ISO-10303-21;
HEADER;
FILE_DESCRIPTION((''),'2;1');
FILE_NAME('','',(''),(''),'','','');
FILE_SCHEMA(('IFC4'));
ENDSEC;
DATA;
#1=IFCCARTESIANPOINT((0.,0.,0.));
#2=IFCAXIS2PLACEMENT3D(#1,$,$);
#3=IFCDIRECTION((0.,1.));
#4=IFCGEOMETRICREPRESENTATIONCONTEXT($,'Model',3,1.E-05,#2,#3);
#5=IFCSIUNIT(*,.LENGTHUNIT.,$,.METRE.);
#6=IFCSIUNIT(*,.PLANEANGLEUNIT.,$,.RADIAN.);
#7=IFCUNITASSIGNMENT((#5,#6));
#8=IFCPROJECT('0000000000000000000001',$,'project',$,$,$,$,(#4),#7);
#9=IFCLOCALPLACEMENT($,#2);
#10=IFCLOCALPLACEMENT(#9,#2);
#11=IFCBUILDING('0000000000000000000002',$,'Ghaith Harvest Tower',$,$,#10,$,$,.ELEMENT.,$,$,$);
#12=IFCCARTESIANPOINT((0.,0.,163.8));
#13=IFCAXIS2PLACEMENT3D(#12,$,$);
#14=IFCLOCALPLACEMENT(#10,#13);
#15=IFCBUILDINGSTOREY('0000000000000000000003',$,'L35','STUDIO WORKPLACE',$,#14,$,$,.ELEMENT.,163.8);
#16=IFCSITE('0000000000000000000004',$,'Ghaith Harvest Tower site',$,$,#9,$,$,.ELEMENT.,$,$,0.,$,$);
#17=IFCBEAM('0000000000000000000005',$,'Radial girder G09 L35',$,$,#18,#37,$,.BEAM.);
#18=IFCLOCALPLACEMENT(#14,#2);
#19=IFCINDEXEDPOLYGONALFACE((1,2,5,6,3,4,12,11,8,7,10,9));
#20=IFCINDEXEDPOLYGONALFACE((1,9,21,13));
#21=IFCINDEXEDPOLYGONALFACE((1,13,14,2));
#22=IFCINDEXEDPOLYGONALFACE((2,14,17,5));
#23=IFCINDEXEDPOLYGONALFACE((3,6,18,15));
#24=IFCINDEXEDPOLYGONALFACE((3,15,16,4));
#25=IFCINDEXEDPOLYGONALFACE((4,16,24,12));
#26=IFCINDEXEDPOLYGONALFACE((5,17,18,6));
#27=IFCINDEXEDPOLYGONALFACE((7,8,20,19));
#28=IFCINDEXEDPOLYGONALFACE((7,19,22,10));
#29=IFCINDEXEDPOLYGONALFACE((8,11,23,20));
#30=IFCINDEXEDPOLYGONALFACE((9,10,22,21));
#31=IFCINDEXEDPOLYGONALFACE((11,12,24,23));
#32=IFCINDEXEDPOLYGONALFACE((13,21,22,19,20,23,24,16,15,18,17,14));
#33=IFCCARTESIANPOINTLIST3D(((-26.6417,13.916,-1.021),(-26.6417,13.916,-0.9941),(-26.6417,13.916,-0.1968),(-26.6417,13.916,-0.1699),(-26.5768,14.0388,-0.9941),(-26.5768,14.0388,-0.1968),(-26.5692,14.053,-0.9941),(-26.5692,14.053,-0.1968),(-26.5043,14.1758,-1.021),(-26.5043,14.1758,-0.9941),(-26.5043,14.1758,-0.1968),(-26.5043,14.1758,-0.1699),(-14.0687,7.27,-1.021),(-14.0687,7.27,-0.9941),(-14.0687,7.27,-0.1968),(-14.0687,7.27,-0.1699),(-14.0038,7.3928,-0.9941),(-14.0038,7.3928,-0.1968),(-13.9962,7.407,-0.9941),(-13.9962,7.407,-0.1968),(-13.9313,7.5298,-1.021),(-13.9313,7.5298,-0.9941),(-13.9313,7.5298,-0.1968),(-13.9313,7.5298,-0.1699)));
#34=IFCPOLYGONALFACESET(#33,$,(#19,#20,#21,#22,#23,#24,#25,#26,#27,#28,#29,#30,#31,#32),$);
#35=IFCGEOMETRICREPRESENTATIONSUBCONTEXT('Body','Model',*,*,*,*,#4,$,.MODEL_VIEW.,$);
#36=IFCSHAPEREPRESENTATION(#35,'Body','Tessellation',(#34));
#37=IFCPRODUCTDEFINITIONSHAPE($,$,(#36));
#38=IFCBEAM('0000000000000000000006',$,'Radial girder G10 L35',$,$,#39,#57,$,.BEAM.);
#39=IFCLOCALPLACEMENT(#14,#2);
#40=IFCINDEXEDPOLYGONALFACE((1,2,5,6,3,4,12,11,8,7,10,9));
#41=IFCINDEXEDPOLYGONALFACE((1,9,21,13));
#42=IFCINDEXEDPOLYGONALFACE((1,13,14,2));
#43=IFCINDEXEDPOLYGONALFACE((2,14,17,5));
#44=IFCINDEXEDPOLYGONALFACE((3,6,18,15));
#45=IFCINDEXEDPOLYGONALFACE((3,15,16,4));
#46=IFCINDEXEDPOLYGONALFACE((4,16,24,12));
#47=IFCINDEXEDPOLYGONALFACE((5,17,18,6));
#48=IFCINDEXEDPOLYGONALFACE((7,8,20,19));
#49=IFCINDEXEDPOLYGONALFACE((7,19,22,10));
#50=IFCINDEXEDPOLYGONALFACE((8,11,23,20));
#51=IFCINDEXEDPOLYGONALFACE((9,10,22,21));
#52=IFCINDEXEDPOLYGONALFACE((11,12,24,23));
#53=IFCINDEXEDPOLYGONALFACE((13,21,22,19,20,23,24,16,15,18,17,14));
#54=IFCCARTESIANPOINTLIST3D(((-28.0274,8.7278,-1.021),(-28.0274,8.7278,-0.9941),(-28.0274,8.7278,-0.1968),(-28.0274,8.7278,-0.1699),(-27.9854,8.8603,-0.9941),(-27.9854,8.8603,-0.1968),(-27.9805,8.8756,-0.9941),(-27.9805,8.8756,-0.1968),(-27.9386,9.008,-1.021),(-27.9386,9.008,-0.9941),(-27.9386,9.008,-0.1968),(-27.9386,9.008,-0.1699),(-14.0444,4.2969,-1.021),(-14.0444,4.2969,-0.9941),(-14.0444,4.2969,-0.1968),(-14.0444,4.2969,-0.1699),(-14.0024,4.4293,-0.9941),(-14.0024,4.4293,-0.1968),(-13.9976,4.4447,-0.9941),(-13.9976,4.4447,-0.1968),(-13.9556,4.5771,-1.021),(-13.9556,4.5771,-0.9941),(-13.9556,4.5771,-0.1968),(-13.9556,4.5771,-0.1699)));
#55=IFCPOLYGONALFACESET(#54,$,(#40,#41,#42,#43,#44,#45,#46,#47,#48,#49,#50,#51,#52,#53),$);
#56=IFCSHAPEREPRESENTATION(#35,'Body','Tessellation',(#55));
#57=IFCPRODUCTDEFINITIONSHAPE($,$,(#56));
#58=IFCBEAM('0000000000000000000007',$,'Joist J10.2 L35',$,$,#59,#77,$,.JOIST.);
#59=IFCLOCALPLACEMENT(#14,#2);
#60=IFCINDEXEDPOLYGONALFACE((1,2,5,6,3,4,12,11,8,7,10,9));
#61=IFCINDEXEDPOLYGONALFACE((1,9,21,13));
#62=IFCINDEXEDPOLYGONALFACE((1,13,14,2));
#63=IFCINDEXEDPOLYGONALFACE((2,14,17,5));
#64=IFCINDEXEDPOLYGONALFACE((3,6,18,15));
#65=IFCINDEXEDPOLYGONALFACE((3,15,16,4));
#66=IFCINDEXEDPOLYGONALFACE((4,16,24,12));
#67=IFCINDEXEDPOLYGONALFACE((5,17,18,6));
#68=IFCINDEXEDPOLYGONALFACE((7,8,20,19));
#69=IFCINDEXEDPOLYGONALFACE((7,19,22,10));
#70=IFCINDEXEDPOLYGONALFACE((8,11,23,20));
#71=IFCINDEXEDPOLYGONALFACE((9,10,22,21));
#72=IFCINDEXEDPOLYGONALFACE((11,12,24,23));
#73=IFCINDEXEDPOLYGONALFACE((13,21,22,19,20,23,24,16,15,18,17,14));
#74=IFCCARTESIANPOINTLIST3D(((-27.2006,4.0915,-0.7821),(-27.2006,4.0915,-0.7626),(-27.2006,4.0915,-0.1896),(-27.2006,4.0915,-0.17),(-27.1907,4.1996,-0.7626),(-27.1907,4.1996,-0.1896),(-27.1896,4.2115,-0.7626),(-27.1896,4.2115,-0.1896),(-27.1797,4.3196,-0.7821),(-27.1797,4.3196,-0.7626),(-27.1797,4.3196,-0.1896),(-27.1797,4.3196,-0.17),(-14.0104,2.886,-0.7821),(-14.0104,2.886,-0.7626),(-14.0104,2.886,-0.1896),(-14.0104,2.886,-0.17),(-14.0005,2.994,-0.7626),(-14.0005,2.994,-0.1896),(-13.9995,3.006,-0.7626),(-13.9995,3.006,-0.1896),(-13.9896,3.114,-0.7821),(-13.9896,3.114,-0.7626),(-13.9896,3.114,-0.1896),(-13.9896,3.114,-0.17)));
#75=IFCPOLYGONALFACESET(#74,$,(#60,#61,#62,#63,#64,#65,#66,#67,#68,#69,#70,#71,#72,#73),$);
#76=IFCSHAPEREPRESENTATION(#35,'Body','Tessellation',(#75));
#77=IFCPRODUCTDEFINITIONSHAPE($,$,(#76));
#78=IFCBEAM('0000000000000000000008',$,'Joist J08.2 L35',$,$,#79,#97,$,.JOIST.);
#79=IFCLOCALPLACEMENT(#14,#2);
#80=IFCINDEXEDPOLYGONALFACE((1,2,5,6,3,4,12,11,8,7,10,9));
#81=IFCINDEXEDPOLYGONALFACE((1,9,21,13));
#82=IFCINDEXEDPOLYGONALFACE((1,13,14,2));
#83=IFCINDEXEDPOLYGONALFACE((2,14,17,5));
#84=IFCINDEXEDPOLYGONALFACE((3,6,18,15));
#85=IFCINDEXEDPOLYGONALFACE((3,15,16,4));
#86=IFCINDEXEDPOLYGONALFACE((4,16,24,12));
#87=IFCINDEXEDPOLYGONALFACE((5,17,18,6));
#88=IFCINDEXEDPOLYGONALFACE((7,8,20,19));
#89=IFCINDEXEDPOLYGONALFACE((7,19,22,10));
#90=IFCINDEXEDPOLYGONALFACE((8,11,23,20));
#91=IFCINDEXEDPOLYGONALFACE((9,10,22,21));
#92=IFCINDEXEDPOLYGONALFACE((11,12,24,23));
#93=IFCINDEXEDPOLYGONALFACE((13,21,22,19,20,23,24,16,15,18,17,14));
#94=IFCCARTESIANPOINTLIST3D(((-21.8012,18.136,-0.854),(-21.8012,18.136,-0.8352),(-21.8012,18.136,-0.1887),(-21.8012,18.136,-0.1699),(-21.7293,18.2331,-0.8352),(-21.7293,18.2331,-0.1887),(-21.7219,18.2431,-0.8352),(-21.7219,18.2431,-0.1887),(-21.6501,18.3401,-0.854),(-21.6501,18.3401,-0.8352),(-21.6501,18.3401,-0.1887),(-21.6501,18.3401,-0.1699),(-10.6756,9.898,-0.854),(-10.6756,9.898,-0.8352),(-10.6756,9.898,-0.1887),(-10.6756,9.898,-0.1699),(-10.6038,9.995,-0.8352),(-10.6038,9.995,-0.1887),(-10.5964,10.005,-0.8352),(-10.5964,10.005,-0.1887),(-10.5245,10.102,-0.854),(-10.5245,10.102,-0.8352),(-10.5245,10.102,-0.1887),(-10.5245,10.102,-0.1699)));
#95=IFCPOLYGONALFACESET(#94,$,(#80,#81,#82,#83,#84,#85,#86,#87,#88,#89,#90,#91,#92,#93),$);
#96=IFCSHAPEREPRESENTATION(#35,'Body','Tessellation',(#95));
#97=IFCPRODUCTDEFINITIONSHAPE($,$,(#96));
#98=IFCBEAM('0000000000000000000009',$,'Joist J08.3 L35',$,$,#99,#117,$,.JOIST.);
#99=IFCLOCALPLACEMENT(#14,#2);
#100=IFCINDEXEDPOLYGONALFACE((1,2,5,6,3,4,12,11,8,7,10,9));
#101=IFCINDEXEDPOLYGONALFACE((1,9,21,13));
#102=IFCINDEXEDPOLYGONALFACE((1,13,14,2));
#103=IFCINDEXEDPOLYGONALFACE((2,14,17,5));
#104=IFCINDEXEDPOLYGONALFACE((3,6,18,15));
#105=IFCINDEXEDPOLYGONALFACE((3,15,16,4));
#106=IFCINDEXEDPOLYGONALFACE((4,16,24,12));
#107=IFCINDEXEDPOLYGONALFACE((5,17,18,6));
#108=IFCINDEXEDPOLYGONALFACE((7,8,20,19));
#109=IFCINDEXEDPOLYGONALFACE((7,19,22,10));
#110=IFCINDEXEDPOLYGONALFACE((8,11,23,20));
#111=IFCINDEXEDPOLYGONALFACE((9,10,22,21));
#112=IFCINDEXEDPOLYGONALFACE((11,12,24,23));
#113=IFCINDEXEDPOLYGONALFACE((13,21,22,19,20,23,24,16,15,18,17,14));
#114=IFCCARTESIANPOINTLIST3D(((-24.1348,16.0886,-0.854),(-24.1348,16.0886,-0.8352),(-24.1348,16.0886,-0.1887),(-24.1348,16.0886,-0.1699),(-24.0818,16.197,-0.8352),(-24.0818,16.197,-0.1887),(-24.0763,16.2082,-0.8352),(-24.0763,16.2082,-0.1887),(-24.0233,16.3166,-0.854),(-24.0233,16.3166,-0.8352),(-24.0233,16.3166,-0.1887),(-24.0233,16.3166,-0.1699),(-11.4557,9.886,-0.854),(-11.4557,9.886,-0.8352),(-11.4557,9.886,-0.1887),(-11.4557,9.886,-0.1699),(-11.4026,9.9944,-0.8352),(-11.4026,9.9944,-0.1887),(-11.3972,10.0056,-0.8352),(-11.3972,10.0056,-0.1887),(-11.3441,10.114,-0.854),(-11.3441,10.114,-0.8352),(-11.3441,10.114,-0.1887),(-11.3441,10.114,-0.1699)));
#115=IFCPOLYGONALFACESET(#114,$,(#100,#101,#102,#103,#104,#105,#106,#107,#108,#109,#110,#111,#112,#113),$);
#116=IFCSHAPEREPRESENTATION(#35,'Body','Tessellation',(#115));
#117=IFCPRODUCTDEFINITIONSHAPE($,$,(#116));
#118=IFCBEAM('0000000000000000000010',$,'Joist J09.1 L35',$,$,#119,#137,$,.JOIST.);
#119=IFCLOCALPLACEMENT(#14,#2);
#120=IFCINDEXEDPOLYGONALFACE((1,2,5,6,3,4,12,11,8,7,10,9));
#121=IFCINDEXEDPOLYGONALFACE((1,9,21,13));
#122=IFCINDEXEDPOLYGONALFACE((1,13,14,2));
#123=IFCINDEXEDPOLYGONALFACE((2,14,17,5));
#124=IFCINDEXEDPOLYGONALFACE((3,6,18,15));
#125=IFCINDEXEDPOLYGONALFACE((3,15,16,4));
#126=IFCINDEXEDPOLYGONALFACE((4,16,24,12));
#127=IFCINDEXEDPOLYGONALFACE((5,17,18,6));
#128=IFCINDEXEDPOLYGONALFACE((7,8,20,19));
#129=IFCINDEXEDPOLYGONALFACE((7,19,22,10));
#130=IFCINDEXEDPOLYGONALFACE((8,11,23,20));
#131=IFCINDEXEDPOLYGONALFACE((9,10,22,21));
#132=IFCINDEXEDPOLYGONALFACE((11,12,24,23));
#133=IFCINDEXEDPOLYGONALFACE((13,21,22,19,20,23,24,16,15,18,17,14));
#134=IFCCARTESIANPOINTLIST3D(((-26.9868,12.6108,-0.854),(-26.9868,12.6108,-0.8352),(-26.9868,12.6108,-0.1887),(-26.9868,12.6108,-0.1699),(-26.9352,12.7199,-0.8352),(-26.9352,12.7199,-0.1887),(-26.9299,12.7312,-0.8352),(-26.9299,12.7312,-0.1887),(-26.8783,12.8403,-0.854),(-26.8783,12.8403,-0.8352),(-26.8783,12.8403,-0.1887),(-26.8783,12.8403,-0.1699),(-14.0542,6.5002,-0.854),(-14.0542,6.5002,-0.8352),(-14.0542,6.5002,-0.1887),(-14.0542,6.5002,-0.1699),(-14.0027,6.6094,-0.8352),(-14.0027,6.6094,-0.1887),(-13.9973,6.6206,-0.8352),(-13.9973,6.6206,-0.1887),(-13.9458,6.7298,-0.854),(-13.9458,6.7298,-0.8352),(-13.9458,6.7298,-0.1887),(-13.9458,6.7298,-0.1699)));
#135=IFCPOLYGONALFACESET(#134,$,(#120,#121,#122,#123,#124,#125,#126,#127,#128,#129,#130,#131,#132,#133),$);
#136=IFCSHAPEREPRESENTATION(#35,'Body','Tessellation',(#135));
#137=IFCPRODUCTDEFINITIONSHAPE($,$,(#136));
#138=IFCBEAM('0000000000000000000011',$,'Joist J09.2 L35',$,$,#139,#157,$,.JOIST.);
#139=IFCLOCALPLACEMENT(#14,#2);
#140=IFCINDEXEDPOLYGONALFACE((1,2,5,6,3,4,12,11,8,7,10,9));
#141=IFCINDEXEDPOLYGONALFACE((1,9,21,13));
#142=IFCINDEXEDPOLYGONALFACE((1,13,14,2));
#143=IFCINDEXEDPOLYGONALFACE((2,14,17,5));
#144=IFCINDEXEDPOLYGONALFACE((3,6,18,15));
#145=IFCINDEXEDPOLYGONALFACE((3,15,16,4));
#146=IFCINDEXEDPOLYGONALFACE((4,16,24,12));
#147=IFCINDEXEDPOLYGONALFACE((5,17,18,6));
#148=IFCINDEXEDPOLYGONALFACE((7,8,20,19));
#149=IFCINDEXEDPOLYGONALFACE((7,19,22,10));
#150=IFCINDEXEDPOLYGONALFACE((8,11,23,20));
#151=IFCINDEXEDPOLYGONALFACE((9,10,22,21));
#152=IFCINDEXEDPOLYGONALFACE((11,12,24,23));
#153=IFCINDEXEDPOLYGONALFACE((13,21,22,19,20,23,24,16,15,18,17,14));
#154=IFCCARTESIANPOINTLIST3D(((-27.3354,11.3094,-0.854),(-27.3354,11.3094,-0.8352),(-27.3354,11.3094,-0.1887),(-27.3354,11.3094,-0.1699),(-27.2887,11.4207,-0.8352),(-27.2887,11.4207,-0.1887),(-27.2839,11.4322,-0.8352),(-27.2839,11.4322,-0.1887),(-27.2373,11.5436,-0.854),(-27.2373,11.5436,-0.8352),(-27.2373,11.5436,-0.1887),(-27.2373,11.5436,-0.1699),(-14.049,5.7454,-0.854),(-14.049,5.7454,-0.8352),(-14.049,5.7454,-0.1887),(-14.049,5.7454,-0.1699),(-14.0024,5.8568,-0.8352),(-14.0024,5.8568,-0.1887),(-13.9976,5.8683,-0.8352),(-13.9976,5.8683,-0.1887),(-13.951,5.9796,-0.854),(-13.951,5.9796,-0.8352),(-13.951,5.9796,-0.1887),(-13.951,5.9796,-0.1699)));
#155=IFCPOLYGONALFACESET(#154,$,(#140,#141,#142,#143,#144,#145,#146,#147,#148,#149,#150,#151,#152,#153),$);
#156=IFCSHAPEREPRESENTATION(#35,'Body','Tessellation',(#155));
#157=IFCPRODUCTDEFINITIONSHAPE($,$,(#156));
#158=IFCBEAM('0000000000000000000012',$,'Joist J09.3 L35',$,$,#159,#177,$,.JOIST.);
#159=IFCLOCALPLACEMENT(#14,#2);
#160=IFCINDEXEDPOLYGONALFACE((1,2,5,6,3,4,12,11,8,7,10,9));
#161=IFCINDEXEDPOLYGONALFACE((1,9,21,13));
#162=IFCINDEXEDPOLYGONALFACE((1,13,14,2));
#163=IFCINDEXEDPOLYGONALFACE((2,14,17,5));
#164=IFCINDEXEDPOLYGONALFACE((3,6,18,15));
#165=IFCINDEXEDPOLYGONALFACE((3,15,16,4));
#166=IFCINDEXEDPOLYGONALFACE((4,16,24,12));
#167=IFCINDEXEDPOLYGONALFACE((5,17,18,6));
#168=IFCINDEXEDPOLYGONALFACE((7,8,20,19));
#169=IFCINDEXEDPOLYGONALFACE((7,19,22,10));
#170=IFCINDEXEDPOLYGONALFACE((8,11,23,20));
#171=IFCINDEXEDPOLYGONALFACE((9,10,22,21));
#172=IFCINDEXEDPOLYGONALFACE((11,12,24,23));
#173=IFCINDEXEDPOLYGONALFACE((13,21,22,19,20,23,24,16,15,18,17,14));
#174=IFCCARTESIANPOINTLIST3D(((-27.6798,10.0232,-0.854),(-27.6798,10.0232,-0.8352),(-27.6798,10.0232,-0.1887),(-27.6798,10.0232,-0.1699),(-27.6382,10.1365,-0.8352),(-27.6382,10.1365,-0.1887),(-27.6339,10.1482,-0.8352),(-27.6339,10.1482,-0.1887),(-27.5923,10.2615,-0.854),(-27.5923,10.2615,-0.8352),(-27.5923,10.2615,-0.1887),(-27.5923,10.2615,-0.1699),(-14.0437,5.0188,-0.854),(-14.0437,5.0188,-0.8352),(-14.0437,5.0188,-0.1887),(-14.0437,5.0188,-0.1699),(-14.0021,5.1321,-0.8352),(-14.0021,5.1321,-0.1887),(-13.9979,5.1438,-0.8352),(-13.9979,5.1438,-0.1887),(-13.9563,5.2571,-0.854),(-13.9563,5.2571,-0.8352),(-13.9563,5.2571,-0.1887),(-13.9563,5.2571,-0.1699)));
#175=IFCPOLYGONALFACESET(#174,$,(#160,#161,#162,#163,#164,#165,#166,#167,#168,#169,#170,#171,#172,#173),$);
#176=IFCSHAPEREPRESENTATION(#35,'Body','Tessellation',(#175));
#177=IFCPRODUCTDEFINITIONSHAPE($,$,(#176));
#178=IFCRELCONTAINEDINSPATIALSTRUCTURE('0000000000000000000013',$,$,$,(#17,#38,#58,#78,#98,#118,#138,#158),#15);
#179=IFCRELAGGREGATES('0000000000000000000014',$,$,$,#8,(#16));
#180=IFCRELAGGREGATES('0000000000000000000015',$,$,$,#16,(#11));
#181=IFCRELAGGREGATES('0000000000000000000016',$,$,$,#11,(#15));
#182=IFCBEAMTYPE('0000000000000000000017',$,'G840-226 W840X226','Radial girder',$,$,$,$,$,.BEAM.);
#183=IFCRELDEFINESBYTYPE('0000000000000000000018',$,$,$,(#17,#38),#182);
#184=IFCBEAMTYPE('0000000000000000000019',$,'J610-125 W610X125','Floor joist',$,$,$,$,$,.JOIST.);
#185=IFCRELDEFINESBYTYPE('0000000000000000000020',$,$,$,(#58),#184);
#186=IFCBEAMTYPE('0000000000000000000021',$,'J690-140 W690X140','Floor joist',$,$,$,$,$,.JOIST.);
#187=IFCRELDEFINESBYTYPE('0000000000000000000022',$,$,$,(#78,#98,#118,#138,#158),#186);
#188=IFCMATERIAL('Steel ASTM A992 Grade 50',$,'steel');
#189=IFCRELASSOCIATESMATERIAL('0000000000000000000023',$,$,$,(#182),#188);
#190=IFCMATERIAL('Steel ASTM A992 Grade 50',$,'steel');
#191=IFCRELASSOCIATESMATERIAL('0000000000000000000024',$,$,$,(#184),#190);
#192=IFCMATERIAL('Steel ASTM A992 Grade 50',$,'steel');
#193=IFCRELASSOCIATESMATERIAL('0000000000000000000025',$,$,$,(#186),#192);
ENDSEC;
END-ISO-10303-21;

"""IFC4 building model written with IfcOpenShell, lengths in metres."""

from ifc_helpers import new_model, si_unit, direction, frame, origin, origin_2d, place, context, subcontext, project, spatial, i_section, extrude, material, material_profile, profile_set, type_object, element, save


model = new_model("IFC4")

# Units and contexts
model_context = context("Model", 3, precision=1e-05, world=origin(), true_north=direction((0.0, 1.0)))
body_context = subcontext(model_context, "Body", "Model", "MODEL_VIEW")
ifc_project = project(units=[si_unit("LENGTHUNIT", "METRE"), si_unit("PLANEANGLEUNIT", "RADIAN")], contexts=[model_context])

# Site, building, storey
site_placement = place(None, origin())
site = spatial("IfcSite", under=ifc_project, at=site_placement, Name="Ghaith Harvest Tower site", CompositionType="ELEMENT", RefElevation=0.0)
building_placement = place(site_placement, origin())
building = spatial("IfcBuilding", under=site, at=building_placement, Name="Ghaith Harvest Tower", CompositionType="ELEMENT")
storey_placement = place(building_placement, frame((0.0, 0.0, 163.8)))
storey = spatial("IfcBuildingStorey", under=building, at=storey_placement, Name="L35", Description="STUDIO WORKPLACE", CompositionType="ELEMENT", Elevation=163.8)

# Beams
ifc_material_1 = material(Name="Steel ASTM A992 Grade 50", Category="steel")
ifc_material_profile_1 = material_profile(ifc_material_1, i_section(OverallWidth=0.2939, OverallDepth=0.8511, WebThickness=0.0161, FlangeThickness=0.0269, at=origin_2d()), Name="W840X226")
ifc_profile_set_1 = profile_set([ifc_material_profile_1], Name="Steel ASTM A992 Grade 50")
beam_type_1 = type_object("IfcBeamType", Name="G840-226 W840X226", Description="Radial girder", PredefinedType="BEAM", material=ifc_profile_set_1)
beam_1_placement = place(storey_placement, frame((-14.0, 7.3999, -0.5955), z_axis=(-0.884087, 0.467322, 0.0), x_axis=(-0.467322, -0.884087, 0.0)))
element("IfcBeam", 1, at=beam_1_placement, inside=storey, type_object=beam_type_1, Name="Radial girder G09 L35", PredefinedType="BEAM", context=body_context, shape_type="SweptSolid", body=[
    extrude(i_section(OverallWidth=0.2939, OverallDepth=0.8511, WebThickness=0.0161, FlangeThickness=0.0269, at=origin_2d()), origin(), (0.0, 0.0, 1.0), 14.2214),
])
beam_2_placement = place(storey_placement, frame((-14.0, 4.437, -0.5955), z_axis=(-0.953284, 0.302077, 0.0), x_axis=(-0.302077, -0.953284, 0.0)))
element("IfcBeam", 2, at=beam_2_placement, inside=storey, type_object=beam_type_1, Name="Radial girder G10 L35", PredefinedType="BEAM", context=body_context, shape_type="SweptSolid", body=[
    extrude(i_section(OverallWidth=0.2939, OverallDepth=0.8511, WebThickness=0.0161, FlangeThickness=0.0269, at=origin_2d()), origin(), (0.0, 0.0, 1.0), 14.6682),
])
ifc_material_2 = material(Name="Steel ASTM A992 Grade 50", Category="steel")
ifc_material_profile_2 = material_profile(ifc_material_2, i_section(OverallWidth=0.229, OverallDepth=0.6121, WebThickness=0.012, FlangeThickness=0.0195, at=origin_2d()), Name="W610X125")
ifc_profile_set_2 = profile_set([ifc_material_profile_2], Name="Steel ASTM A992 Grade 50")
beam_type_2 = type_object("IfcBeamType", Name="J610-125 W610X125", Description="Floor joist", PredefinedType="JOIST", material=ifc_profile_set_2)
beam_3_placement = place(storey_placement, frame((-14.0, 3.0, -0.4761), z_axis=(-0.995849, 0.091019, 0.0), x_axis=(-0.091019, -0.995849, 0.0)))
element("IfcBeam", 3, at=beam_3_placement, inside=storey, type_object=beam_type_2, Name="Joist J10.2 L35", PredefinedType="JOIST", context=body_context, shape_type="SweptSolid", body=[
    extrude(i_section(OverallWidth=0.229, OverallDepth=0.6121, WebThickness=0.012, FlangeThickness=0.0195, at=origin_2d()), origin(), (0.0, 0.0, 1.0), 13.2451),
])
ifc_material_3 = material(Name="Steel ASTM A992 Grade 50", Category="steel")
ifc_material_profile_3 = material_profile(ifc_material_3, i_section(OverallWidth=0.2539, OverallDepth=0.6841, WebThickness=0.0125, FlangeThickness=0.0188, at=origin_2d()), Name="W690X140")
ifc_profile_set_3 = profile_set([ifc_material_profile_3], Name="Steel ASTM A992 Grade 50")
beam_type_3 = type_object("IfcBeamType", Name="J690-140 W690X140", Description="Floor joist", PredefinedType="JOIST", material=ifc_profile_set_3)
beam_4_placement = place(storey_placement, frame((-10.6001, 10.0, -0.512), z_axis=(-0.803663, 0.595085, 0.0), x_axis=(-0.595085, -0.803663, 0.0)))
element("IfcBeam", 4, at=beam_4_placement, inside=storey, type_object=beam_type_3, Name="Joist J08.2 L35", PredefinedType="JOIST", context=body_context, shape_type="SweptSolid", body=[
    extrude(i_section(OverallWidth=0.2539, OverallDepth=0.6841, WebThickness=0.0125, FlangeThickness=0.0188, at=origin_2d()), origin(), (0.0, 0.0, 1.0), 13.8435),
])
beam_5_placement = place(storey_placement, frame((-11.3999, 10.0, -0.512), z_axis=(-0.898275, 0.439434, 0.0), x_axis=(-0.439434, -0.898275, 0.0)))
element("IfcBeam", 5, at=beam_5_placement, inside=storey, type_object=beam_type_3, Name="Joist J08.3 L35", PredefinedType="JOIST", context=body_context, shape_type="SweptSolid", body=[
    extrude(i_section(OverallWidth=0.2539, OverallDepth=0.6841, WebThickness=0.0125, FlangeThickness=0.0188, at=origin_2d()), origin(), (0.0, 0.0, 1.0), 14.115),
])
beam_6_placement = place(storey_placement, frame((-14.0, 6.615, -0.512), z_axis=(-0.904153, 0.427208, 0.0), x_axis=(-0.427208, -0.904153, 0.0)))
element("IfcBeam", 6, at=beam_6_placement, inside=storey, type_object=beam_type_3, Name="Joist J09.1 L35", PredefinedType="JOIST", context=body_context, shape_type="SweptSolid", body=[
    extrude(i_section(OverallWidth=0.2539, OverallDepth=0.6841, WebThickness=0.0125, FlangeThickness=0.0188, at=origin_2d()), origin(), (0.0, 0.0, 1.0), 14.3035),
])
beam_7_placement = place(storey_placement, frame((-14.0, 5.8625, -0.512), z_axis=(-0.922386, 0.38627, 0.0), x_axis=(-0.38627, -0.922386, 0.0)))
element("IfcBeam", 7, at=beam_7_placement, inside=storey, type_object=beam_type_3, Name="Joist J09.2 L35", PredefinedType="JOIST", context=body_context, shape_type="SweptSolid", body=[
    extrude(i_section(OverallWidth=0.2539, OverallDepth=0.6841, WebThickness=0.0125, FlangeThickness=0.0188, at=origin_2d()), origin(), (0.0, 0.0, 1.0), 14.4043),
])
beam_8_placement = place(storey_placement, frame((-14.0, 5.1379, -0.512), z_axis=(-0.938775, 0.34453, 0.0), x_axis=(-0.34453, -0.938775, 0.0)))
element("IfcBeam", 8, at=beam_8_placement, inside=storey, type_object=beam_type_3, Name="Joist J09.3 L35", PredefinedType="JOIST", context=body_context, shape_type="SweptSolid", body=[
    extrude(i_section(OverallWidth=0.2539, OverallDepth=0.6841, WebThickness=0.0125, FlangeThickness=0.0188, at=origin_2d()), origin(), (0.0, 0.0, 1.0), 14.5254),
])

save(model, "model.ifc")
